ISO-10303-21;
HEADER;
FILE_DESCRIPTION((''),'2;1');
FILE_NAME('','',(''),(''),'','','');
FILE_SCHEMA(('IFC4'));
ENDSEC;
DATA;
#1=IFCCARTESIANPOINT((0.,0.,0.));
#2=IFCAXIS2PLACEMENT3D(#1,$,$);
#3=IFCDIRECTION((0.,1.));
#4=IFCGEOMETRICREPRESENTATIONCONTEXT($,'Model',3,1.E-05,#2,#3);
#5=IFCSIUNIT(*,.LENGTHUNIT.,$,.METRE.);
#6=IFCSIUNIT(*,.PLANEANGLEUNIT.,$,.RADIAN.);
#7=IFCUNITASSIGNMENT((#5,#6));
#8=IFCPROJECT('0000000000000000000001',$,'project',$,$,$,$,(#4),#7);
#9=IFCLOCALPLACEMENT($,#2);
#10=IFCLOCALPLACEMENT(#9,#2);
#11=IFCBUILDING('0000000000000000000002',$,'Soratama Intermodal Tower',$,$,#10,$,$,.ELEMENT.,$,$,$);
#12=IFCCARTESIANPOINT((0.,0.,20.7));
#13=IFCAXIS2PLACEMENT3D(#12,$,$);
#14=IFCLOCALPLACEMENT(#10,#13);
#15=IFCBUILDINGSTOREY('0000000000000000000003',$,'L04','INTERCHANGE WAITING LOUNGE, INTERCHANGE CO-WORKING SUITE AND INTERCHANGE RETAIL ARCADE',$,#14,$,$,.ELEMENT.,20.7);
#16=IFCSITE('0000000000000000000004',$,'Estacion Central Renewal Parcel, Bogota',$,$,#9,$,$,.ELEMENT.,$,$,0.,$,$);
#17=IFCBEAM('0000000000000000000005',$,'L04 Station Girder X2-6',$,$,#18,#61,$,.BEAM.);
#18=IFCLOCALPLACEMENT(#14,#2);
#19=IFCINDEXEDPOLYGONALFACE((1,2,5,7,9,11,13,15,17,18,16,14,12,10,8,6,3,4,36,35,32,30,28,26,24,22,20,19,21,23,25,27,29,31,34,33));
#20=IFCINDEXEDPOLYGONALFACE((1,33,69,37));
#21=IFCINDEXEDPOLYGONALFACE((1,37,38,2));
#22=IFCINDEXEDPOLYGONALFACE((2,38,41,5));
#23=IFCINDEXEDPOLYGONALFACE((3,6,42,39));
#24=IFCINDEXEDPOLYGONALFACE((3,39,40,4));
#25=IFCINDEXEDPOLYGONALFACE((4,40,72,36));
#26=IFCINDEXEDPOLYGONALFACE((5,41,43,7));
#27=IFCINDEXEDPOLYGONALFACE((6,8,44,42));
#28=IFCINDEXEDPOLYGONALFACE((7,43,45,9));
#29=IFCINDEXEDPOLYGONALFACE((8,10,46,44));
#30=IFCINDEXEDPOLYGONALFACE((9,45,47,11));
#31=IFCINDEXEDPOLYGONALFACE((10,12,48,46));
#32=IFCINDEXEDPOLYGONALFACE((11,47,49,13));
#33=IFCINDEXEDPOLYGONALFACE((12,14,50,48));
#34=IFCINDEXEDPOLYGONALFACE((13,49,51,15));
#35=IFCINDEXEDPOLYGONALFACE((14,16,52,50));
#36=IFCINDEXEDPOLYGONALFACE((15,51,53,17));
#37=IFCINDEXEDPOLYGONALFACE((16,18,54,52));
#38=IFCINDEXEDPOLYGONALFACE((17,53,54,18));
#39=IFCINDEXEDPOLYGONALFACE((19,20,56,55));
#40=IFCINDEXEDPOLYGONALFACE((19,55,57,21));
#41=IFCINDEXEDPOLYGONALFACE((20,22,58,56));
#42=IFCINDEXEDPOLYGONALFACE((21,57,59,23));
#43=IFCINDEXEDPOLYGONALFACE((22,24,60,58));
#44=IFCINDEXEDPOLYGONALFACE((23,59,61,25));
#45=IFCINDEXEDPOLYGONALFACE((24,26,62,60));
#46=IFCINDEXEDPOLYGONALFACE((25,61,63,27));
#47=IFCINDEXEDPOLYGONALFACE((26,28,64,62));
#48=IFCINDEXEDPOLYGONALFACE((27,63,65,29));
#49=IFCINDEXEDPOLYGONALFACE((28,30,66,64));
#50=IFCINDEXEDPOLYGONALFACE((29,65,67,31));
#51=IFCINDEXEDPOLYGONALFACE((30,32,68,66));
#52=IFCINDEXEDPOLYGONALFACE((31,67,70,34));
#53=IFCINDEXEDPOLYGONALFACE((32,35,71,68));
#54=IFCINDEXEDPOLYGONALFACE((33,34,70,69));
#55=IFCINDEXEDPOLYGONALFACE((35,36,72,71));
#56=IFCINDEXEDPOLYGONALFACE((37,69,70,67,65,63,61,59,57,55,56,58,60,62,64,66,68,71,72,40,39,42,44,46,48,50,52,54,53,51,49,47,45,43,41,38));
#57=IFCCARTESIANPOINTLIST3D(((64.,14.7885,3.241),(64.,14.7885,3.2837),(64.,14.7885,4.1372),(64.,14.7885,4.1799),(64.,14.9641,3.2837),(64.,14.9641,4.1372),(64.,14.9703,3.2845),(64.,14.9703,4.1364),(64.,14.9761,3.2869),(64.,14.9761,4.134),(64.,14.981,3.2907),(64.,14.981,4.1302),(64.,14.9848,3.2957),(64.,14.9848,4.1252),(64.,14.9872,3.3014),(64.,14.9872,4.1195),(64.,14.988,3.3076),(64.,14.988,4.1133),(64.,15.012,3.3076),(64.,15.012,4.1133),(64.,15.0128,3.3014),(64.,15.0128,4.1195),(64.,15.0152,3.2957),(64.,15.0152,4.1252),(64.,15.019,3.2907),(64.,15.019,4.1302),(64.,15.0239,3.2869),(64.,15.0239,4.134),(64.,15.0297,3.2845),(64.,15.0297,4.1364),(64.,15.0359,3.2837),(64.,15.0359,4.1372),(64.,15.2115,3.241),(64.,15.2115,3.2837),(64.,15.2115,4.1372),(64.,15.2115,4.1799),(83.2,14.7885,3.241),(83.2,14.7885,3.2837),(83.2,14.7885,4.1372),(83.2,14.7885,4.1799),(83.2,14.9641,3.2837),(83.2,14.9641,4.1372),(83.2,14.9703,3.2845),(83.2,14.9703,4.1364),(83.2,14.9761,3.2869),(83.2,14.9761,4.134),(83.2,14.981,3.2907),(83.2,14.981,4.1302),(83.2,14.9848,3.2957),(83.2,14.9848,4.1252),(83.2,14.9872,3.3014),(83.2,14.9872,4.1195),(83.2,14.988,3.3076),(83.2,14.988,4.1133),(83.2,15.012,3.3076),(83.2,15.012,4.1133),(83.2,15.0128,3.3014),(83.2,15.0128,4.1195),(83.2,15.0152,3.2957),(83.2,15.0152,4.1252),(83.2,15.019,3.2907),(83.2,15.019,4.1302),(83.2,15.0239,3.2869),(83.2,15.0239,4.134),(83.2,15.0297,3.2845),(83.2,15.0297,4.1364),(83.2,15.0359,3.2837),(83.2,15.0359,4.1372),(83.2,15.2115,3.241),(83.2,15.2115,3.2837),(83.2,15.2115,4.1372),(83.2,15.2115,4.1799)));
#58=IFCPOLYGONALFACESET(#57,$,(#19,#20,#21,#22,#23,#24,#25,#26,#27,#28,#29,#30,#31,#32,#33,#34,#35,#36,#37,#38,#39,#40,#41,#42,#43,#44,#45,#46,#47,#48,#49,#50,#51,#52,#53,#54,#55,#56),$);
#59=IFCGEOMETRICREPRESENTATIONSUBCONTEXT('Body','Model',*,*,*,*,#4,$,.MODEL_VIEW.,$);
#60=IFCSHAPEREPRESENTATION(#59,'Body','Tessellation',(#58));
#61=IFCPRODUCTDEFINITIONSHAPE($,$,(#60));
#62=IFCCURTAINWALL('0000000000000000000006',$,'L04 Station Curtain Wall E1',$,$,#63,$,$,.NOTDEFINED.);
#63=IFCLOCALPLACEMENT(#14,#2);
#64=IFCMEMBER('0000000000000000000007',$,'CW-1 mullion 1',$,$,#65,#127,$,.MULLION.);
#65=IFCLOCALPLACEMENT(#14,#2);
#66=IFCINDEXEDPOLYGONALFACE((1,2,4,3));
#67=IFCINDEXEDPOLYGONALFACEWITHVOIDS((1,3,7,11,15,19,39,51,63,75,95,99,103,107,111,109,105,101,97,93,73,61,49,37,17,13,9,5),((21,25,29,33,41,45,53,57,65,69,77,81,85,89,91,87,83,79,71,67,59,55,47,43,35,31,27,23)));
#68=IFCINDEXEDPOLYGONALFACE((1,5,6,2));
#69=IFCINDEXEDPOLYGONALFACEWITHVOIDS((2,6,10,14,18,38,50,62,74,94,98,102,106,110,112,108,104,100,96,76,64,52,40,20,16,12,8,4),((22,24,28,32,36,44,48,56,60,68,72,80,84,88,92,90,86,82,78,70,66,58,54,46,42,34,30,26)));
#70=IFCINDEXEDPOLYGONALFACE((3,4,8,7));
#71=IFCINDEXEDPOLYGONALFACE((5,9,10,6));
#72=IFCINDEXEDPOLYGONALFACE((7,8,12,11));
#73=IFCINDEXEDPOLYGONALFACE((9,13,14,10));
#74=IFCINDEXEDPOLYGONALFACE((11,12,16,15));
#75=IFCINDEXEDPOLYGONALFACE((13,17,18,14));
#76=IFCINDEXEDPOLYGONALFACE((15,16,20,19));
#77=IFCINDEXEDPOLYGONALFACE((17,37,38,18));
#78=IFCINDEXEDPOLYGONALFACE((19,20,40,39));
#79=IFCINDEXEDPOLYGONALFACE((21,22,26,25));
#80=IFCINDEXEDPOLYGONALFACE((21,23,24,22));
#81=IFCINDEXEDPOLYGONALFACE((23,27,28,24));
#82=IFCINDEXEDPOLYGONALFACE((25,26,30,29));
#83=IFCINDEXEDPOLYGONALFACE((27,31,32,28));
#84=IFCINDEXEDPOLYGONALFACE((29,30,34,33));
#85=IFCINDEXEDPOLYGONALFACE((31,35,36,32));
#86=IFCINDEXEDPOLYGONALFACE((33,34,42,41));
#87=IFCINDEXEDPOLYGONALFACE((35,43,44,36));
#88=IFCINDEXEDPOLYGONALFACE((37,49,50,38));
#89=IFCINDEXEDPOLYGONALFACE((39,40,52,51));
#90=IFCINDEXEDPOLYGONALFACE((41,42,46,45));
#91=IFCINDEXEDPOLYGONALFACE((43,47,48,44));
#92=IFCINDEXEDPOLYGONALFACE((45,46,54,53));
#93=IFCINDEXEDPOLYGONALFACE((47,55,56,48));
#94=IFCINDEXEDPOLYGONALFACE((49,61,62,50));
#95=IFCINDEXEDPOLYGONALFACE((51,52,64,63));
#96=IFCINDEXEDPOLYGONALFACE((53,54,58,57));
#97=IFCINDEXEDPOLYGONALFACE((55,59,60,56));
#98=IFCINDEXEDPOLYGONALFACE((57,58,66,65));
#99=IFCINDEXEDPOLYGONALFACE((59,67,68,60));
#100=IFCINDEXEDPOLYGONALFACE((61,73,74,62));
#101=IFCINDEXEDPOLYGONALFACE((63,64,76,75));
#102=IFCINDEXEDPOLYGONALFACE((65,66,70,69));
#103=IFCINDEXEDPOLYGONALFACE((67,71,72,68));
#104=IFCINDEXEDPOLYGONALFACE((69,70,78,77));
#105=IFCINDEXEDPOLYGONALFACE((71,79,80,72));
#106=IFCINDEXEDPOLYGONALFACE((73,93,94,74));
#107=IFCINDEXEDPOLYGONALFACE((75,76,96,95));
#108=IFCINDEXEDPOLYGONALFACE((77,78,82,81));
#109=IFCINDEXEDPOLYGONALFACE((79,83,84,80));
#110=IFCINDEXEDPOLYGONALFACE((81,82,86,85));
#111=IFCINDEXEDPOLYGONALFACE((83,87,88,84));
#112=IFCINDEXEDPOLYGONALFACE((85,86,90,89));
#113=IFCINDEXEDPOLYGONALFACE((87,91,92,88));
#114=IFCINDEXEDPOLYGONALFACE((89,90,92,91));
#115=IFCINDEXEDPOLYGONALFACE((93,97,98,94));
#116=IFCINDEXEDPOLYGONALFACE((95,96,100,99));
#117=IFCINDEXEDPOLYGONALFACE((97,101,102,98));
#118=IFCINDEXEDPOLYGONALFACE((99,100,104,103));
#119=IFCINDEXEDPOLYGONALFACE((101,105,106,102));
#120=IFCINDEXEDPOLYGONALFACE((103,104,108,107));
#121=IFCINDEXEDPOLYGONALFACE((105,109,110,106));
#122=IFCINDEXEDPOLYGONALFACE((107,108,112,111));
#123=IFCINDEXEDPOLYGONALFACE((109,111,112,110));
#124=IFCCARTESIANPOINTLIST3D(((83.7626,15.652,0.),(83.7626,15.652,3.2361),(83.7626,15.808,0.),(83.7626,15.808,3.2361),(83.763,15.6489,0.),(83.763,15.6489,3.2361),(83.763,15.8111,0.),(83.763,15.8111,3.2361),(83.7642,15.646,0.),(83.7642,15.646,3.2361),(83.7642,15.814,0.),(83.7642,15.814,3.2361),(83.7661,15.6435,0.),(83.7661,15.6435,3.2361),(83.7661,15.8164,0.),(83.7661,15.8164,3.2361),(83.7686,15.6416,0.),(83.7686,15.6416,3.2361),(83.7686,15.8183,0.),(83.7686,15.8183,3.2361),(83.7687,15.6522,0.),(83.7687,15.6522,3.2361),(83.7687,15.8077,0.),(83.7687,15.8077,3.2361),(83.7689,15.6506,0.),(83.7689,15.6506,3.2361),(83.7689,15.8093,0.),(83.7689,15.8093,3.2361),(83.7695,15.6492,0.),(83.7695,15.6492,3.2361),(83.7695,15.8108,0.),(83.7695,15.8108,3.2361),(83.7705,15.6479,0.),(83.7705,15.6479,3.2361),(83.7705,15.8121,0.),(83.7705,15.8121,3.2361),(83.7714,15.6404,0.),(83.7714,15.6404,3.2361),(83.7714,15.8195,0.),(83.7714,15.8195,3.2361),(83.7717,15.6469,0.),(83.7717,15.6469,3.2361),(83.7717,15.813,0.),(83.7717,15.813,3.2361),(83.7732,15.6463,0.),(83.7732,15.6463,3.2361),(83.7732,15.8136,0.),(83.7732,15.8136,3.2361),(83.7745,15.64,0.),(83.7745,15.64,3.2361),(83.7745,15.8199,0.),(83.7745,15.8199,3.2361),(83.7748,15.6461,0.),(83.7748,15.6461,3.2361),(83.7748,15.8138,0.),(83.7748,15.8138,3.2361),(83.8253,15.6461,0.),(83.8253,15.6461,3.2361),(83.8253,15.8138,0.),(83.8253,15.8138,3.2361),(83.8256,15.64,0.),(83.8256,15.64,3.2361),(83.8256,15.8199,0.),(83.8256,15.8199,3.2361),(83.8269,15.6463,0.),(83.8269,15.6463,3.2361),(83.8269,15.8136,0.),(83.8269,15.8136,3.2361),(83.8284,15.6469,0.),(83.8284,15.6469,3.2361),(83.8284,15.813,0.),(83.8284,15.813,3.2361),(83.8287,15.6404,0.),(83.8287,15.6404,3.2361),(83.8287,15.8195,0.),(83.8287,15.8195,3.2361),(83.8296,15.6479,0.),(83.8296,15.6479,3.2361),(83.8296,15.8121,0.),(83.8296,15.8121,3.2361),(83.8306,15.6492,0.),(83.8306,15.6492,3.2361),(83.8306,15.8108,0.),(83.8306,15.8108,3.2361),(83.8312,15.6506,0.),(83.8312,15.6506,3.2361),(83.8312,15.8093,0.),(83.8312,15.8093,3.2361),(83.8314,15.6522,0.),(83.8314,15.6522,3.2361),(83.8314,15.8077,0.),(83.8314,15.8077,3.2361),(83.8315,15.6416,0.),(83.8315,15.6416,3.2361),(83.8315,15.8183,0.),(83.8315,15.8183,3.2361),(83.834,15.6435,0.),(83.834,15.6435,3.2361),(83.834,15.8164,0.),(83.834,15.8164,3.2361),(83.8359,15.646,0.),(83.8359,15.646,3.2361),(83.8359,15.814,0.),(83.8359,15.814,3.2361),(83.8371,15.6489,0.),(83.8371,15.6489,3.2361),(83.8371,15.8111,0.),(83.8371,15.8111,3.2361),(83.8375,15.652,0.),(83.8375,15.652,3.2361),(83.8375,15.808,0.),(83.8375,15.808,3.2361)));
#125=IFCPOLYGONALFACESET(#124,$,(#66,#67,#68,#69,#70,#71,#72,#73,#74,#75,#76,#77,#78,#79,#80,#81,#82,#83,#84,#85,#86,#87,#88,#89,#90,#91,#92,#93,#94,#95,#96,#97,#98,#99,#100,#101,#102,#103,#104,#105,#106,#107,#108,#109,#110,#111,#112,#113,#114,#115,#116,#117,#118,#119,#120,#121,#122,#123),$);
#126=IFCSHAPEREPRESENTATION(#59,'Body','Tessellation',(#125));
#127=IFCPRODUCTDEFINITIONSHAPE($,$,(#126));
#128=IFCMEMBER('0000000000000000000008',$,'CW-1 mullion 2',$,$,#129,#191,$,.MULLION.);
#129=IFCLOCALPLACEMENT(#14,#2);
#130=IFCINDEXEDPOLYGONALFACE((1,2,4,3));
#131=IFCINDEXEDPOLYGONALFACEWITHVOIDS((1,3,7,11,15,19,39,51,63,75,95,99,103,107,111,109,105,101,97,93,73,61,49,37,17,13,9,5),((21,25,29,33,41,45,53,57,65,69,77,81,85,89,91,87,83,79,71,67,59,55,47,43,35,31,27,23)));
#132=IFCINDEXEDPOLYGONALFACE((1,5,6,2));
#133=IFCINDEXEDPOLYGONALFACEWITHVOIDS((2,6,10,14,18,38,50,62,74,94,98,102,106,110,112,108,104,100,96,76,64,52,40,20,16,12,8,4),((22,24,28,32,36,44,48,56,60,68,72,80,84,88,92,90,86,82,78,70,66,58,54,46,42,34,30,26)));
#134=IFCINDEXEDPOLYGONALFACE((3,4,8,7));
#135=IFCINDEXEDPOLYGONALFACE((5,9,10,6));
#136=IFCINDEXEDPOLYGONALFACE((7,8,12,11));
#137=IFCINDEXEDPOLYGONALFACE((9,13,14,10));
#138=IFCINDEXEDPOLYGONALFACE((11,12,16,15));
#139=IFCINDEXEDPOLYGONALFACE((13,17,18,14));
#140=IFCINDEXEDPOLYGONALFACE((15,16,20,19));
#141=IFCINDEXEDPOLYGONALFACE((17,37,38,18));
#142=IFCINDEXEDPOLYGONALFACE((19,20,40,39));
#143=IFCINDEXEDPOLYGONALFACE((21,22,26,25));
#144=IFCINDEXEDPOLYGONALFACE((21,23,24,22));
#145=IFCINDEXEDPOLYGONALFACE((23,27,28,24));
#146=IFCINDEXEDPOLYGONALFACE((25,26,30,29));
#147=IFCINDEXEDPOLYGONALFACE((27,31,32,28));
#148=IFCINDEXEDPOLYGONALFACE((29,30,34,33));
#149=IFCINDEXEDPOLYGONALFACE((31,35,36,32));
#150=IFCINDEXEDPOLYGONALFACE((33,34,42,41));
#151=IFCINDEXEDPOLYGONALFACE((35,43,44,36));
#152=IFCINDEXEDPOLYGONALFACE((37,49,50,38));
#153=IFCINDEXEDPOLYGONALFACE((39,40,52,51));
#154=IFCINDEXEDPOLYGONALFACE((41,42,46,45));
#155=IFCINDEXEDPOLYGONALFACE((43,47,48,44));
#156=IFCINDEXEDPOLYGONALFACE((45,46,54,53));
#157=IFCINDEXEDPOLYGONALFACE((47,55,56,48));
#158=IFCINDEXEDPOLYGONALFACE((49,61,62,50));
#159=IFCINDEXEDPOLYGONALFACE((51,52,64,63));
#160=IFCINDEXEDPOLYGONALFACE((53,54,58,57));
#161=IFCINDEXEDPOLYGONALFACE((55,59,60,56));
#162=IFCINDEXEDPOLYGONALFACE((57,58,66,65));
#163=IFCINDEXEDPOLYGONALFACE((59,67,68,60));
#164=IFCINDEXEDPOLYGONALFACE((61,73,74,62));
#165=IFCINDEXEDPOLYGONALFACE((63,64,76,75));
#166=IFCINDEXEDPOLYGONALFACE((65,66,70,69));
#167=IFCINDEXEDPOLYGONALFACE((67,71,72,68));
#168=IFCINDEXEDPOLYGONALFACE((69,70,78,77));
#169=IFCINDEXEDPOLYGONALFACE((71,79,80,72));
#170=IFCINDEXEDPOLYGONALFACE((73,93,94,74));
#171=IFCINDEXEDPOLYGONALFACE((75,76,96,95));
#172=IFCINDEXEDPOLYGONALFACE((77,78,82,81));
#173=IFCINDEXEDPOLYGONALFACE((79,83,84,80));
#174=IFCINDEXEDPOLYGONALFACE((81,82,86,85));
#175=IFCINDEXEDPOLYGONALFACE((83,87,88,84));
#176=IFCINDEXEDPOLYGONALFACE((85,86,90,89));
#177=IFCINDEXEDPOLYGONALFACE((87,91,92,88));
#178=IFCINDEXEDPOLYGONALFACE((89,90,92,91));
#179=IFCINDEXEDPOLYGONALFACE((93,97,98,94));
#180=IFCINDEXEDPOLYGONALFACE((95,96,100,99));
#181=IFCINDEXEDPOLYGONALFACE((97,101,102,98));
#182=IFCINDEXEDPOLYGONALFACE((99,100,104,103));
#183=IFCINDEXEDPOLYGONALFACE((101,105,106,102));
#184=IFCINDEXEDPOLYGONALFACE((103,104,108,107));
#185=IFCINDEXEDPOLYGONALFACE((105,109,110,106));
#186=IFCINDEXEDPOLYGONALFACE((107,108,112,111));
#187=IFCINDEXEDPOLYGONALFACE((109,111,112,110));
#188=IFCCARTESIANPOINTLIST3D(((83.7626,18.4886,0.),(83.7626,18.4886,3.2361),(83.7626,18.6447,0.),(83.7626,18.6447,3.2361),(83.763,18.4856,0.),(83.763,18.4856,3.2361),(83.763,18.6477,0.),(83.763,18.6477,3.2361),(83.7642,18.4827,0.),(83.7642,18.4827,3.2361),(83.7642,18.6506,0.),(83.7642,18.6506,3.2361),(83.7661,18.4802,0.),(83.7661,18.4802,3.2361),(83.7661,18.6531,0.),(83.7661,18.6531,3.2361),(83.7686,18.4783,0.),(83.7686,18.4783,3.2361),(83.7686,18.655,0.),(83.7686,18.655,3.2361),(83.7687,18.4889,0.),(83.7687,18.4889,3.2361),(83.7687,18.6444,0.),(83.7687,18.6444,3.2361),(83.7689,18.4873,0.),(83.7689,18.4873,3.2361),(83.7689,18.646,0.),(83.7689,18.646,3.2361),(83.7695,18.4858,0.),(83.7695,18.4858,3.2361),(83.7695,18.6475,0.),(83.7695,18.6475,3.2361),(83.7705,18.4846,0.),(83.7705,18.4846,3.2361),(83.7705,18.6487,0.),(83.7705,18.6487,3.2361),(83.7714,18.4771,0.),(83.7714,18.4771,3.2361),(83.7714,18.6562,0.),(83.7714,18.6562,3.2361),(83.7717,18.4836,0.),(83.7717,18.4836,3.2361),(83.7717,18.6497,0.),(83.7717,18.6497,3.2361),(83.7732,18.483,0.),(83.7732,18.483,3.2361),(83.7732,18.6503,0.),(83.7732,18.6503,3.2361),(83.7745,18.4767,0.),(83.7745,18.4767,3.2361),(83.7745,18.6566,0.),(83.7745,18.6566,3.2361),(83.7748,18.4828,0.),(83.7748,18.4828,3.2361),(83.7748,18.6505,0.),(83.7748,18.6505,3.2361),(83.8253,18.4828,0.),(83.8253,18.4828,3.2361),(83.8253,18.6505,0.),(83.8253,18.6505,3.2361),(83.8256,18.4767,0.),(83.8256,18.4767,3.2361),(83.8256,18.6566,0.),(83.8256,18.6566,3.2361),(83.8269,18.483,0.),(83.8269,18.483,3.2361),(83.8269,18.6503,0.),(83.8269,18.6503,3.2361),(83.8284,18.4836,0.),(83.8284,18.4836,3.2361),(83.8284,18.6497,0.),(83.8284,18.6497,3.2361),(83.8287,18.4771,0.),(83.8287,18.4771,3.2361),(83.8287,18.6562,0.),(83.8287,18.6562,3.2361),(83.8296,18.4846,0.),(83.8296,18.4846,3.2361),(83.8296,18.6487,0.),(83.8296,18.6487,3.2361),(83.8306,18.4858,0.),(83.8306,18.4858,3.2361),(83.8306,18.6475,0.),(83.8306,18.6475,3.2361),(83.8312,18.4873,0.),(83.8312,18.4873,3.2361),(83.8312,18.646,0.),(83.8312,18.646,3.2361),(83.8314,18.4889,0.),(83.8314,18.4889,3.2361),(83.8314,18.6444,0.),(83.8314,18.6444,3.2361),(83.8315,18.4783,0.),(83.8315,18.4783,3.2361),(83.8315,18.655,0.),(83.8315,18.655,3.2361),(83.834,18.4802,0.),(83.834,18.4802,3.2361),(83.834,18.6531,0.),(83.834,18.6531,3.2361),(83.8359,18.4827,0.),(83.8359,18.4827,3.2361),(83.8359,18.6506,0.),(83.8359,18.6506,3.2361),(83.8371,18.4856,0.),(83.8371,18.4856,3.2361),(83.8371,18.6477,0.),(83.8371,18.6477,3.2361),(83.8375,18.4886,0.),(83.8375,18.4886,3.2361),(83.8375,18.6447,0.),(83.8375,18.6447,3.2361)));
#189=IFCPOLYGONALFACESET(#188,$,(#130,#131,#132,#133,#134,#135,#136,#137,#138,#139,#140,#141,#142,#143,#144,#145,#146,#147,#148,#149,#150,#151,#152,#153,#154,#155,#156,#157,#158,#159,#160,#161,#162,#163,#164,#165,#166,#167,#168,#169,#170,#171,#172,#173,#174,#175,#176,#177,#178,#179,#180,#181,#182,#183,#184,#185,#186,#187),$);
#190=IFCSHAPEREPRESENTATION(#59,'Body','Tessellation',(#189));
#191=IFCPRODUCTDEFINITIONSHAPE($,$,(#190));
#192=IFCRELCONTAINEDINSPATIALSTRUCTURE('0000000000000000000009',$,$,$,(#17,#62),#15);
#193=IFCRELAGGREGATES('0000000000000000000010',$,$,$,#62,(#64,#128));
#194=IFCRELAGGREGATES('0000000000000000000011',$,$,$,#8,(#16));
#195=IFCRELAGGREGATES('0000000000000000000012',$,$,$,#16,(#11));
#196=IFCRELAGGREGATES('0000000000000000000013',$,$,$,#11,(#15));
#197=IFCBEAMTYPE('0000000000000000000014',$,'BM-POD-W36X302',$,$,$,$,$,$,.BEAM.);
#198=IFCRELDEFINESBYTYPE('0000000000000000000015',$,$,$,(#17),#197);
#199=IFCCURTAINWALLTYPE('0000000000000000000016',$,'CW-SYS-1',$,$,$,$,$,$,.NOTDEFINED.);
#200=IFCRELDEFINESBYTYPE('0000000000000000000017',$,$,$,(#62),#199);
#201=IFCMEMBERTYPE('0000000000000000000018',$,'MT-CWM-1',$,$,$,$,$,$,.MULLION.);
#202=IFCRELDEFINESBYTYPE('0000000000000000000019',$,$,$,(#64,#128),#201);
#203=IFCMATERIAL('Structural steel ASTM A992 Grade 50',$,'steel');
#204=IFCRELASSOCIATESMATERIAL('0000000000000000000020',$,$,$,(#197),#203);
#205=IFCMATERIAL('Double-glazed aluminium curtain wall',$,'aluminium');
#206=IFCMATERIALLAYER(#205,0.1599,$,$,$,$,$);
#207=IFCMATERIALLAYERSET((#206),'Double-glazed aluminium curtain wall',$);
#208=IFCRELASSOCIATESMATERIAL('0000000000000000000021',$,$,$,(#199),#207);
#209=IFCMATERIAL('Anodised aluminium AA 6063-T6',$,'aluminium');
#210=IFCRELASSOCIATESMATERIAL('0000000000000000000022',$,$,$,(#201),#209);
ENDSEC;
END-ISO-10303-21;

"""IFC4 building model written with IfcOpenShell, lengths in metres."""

from ifc_helpers import new_model, si_unit, direction, frame, origin, origin_2d, place, context, subcontext, project, spatial, hollow_rectangle, i_section, extrude, material, layer, layer_set, material_profile, profile_set, type_object, element, aggregate, save


model = new_model("IFC4")

# Units and contexts
model_context = context("Model", 3, precision=1e-05, world=origin(), true_north=direction((0.0, 1.0)))
body_context = subcontext(model_context, "Body", "Model", "MODEL_VIEW")
ifc_project = project(units=[si_unit("LENGTHUNIT", "METRE"), si_unit("PLANEANGLEUNIT", "RADIAN")], contexts=[model_context])

# Site, building, storey
site_placement = place(None, origin())
site = spatial("IfcSite", under=ifc_project, at=site_placement, Name="Estacion Central Renewal Parcel, Bogota", CompositionType="ELEMENT", RefElevation=0.0)
building_placement = place(site_placement, origin())
building = spatial("IfcBuilding", under=site, at=building_placement, Name="Soratama Intermodal Tower", CompositionType="ELEMENT")
storey_placement = place(building_placement, frame((0.0, 0.0, 20.7)))
storey = spatial("IfcBuildingStorey", under=building, at=storey_placement, Name="L04", Description="INTERCHANGE WAITING LOUNGE, INTERCHANGE CO-WORKING SUITE AND INTERCHANGE RETAIL ARCADE", CompositionType="ELEMENT", Elevation=20.7)

# Beam
ifc_material_1 = material(Name="Structural steel ASTM A992 Grade 50", Category="steel")
ifc_material_profile_1 = material_profile(ifc_material_1, i_section(OverallWidth=0.4231, OverallDepth=0.939, WebThickness=0.0239, FlangeThickness=0.0427, FilletRadius=0.0239, at=origin_2d()), Name="W36X302")
ifc_profile_set_1 = profile_set([ifc_material_profile_1], Name="Structural steel ASTM A992 Grade 50")
beam_type_1 = type_object("IfcBeamType", Name="BM-POD-W36X302", PredefinedType="BEAM", material=ifc_profile_set_1)
beam_1_placement = place(storey_placement, frame((64.0, 15.0, 3.7104), z_axis=(1.0, 0.0, 0.0), x_axis=(0.0, 1.0, 0.0)))
element("IfcBeam", 1, at=beam_1_placement, inside=storey, type_object=beam_type_1, Name="L04 Station Girder X2-6", PredefinedType="BEAM", context=body_context, shape_type="SweptSolid", body=[
    extrude(i_section(OverallWidth=0.4231, OverallDepth=0.939, WebThickness=0.0239, FlangeThickness=0.0427, FilletRadius=0.0239, at=origin_2d()), origin(), (0.0, 0.0, 1.0), 19.2),
])

# Curtain wall, members
ifc_material_2 = material(Name="Double-glazed aluminium curtain wall", Category="aluminium")
ifc_layer_1 = layer(ifc_material_2, 0.1599)
ifc_layer_set_1 = layer_set([ifc_layer_1], Name="Double-glazed aluminium curtain wall")
curtain_wall_type = type_object("IfcCurtainWallType", Name="CW-SYS-1", PredefinedType="NOTDEFINED", material=ifc_layer_set_1)
curtain_wall_placement = place(storey_placement, origin())
curtain_wall = element("IfcCurtainWall", 2, at=curtain_wall_placement, inside=storey, type_object=curtain_wall_type, Name="L04 Station Curtain Wall E1", PredefinedType="NOTDEFINED")
ifc_material_3 = material(Name="Anodised aluminium AA 6063-T6", Category="aluminium")
ifc_material_profile_2 = material_profile(ifc_material_3, hollow_rectangle(XDim=0.075, YDim=0.1799, WallThickness=0.0061, InnerFilletRadius=0.0061, OuterFilletRadius=0.012, at=origin_2d()), Name="CWM180X75X6")
ifc_profile_set_2 = profile_set([ifc_material_profile_2], Name="Anodised aluminium AA 6063-T6")
member_type_1 = type_object("IfcMemberType", Name="MT-CWM-1", PredefinedType="MULLION", material=ifc_profile_set_2)
member_1_placement = place(storey_placement, frame((83.8, 15.73, 0.0), z_axis=(0.0, 0.0, 1.0), x_axis=(-1.0, 0.0, 0.0)))
member_1 = element("IfcMember", 3, at=member_1_placement, type_object=member_type_1, Name="CW-1 mullion 1", PredefinedType="MULLION", context=body_context, shape_type="SweptSolid", body=[
    extrude(hollow_rectangle(XDim=0.075, YDim=0.1799, WallThickness=0.0061, InnerFilletRadius=0.0061, OuterFilletRadius=0.012, at=origin_2d()), origin(), (0.0, 0.0, 1.0), 3.2361),
])
member_2_placement = place(storey_placement, frame((83.8, 18.5667, 0.0), z_axis=(0.0, 0.0, 1.0), x_axis=(-1.0, 0.0, 0.0)))
member_2 = element("IfcMember", 4, at=member_2_placement, type_object=member_type_1, Name="CW-1 mullion 2", PredefinedType="MULLION", context=body_context, shape_type="SweptSolid", body=[
    extrude(hollow_rectangle(XDim=0.075, YDim=0.1799, WallThickness=0.0061, InnerFilletRadius=0.0061, OuterFilletRadius=0.012, at=origin_2d()), origin(), (0.0, 0.0, 1.0), 3.2361),
])
aggregate(curtain_wall, [member_1, member_2])

save(model, "model.ifc")
